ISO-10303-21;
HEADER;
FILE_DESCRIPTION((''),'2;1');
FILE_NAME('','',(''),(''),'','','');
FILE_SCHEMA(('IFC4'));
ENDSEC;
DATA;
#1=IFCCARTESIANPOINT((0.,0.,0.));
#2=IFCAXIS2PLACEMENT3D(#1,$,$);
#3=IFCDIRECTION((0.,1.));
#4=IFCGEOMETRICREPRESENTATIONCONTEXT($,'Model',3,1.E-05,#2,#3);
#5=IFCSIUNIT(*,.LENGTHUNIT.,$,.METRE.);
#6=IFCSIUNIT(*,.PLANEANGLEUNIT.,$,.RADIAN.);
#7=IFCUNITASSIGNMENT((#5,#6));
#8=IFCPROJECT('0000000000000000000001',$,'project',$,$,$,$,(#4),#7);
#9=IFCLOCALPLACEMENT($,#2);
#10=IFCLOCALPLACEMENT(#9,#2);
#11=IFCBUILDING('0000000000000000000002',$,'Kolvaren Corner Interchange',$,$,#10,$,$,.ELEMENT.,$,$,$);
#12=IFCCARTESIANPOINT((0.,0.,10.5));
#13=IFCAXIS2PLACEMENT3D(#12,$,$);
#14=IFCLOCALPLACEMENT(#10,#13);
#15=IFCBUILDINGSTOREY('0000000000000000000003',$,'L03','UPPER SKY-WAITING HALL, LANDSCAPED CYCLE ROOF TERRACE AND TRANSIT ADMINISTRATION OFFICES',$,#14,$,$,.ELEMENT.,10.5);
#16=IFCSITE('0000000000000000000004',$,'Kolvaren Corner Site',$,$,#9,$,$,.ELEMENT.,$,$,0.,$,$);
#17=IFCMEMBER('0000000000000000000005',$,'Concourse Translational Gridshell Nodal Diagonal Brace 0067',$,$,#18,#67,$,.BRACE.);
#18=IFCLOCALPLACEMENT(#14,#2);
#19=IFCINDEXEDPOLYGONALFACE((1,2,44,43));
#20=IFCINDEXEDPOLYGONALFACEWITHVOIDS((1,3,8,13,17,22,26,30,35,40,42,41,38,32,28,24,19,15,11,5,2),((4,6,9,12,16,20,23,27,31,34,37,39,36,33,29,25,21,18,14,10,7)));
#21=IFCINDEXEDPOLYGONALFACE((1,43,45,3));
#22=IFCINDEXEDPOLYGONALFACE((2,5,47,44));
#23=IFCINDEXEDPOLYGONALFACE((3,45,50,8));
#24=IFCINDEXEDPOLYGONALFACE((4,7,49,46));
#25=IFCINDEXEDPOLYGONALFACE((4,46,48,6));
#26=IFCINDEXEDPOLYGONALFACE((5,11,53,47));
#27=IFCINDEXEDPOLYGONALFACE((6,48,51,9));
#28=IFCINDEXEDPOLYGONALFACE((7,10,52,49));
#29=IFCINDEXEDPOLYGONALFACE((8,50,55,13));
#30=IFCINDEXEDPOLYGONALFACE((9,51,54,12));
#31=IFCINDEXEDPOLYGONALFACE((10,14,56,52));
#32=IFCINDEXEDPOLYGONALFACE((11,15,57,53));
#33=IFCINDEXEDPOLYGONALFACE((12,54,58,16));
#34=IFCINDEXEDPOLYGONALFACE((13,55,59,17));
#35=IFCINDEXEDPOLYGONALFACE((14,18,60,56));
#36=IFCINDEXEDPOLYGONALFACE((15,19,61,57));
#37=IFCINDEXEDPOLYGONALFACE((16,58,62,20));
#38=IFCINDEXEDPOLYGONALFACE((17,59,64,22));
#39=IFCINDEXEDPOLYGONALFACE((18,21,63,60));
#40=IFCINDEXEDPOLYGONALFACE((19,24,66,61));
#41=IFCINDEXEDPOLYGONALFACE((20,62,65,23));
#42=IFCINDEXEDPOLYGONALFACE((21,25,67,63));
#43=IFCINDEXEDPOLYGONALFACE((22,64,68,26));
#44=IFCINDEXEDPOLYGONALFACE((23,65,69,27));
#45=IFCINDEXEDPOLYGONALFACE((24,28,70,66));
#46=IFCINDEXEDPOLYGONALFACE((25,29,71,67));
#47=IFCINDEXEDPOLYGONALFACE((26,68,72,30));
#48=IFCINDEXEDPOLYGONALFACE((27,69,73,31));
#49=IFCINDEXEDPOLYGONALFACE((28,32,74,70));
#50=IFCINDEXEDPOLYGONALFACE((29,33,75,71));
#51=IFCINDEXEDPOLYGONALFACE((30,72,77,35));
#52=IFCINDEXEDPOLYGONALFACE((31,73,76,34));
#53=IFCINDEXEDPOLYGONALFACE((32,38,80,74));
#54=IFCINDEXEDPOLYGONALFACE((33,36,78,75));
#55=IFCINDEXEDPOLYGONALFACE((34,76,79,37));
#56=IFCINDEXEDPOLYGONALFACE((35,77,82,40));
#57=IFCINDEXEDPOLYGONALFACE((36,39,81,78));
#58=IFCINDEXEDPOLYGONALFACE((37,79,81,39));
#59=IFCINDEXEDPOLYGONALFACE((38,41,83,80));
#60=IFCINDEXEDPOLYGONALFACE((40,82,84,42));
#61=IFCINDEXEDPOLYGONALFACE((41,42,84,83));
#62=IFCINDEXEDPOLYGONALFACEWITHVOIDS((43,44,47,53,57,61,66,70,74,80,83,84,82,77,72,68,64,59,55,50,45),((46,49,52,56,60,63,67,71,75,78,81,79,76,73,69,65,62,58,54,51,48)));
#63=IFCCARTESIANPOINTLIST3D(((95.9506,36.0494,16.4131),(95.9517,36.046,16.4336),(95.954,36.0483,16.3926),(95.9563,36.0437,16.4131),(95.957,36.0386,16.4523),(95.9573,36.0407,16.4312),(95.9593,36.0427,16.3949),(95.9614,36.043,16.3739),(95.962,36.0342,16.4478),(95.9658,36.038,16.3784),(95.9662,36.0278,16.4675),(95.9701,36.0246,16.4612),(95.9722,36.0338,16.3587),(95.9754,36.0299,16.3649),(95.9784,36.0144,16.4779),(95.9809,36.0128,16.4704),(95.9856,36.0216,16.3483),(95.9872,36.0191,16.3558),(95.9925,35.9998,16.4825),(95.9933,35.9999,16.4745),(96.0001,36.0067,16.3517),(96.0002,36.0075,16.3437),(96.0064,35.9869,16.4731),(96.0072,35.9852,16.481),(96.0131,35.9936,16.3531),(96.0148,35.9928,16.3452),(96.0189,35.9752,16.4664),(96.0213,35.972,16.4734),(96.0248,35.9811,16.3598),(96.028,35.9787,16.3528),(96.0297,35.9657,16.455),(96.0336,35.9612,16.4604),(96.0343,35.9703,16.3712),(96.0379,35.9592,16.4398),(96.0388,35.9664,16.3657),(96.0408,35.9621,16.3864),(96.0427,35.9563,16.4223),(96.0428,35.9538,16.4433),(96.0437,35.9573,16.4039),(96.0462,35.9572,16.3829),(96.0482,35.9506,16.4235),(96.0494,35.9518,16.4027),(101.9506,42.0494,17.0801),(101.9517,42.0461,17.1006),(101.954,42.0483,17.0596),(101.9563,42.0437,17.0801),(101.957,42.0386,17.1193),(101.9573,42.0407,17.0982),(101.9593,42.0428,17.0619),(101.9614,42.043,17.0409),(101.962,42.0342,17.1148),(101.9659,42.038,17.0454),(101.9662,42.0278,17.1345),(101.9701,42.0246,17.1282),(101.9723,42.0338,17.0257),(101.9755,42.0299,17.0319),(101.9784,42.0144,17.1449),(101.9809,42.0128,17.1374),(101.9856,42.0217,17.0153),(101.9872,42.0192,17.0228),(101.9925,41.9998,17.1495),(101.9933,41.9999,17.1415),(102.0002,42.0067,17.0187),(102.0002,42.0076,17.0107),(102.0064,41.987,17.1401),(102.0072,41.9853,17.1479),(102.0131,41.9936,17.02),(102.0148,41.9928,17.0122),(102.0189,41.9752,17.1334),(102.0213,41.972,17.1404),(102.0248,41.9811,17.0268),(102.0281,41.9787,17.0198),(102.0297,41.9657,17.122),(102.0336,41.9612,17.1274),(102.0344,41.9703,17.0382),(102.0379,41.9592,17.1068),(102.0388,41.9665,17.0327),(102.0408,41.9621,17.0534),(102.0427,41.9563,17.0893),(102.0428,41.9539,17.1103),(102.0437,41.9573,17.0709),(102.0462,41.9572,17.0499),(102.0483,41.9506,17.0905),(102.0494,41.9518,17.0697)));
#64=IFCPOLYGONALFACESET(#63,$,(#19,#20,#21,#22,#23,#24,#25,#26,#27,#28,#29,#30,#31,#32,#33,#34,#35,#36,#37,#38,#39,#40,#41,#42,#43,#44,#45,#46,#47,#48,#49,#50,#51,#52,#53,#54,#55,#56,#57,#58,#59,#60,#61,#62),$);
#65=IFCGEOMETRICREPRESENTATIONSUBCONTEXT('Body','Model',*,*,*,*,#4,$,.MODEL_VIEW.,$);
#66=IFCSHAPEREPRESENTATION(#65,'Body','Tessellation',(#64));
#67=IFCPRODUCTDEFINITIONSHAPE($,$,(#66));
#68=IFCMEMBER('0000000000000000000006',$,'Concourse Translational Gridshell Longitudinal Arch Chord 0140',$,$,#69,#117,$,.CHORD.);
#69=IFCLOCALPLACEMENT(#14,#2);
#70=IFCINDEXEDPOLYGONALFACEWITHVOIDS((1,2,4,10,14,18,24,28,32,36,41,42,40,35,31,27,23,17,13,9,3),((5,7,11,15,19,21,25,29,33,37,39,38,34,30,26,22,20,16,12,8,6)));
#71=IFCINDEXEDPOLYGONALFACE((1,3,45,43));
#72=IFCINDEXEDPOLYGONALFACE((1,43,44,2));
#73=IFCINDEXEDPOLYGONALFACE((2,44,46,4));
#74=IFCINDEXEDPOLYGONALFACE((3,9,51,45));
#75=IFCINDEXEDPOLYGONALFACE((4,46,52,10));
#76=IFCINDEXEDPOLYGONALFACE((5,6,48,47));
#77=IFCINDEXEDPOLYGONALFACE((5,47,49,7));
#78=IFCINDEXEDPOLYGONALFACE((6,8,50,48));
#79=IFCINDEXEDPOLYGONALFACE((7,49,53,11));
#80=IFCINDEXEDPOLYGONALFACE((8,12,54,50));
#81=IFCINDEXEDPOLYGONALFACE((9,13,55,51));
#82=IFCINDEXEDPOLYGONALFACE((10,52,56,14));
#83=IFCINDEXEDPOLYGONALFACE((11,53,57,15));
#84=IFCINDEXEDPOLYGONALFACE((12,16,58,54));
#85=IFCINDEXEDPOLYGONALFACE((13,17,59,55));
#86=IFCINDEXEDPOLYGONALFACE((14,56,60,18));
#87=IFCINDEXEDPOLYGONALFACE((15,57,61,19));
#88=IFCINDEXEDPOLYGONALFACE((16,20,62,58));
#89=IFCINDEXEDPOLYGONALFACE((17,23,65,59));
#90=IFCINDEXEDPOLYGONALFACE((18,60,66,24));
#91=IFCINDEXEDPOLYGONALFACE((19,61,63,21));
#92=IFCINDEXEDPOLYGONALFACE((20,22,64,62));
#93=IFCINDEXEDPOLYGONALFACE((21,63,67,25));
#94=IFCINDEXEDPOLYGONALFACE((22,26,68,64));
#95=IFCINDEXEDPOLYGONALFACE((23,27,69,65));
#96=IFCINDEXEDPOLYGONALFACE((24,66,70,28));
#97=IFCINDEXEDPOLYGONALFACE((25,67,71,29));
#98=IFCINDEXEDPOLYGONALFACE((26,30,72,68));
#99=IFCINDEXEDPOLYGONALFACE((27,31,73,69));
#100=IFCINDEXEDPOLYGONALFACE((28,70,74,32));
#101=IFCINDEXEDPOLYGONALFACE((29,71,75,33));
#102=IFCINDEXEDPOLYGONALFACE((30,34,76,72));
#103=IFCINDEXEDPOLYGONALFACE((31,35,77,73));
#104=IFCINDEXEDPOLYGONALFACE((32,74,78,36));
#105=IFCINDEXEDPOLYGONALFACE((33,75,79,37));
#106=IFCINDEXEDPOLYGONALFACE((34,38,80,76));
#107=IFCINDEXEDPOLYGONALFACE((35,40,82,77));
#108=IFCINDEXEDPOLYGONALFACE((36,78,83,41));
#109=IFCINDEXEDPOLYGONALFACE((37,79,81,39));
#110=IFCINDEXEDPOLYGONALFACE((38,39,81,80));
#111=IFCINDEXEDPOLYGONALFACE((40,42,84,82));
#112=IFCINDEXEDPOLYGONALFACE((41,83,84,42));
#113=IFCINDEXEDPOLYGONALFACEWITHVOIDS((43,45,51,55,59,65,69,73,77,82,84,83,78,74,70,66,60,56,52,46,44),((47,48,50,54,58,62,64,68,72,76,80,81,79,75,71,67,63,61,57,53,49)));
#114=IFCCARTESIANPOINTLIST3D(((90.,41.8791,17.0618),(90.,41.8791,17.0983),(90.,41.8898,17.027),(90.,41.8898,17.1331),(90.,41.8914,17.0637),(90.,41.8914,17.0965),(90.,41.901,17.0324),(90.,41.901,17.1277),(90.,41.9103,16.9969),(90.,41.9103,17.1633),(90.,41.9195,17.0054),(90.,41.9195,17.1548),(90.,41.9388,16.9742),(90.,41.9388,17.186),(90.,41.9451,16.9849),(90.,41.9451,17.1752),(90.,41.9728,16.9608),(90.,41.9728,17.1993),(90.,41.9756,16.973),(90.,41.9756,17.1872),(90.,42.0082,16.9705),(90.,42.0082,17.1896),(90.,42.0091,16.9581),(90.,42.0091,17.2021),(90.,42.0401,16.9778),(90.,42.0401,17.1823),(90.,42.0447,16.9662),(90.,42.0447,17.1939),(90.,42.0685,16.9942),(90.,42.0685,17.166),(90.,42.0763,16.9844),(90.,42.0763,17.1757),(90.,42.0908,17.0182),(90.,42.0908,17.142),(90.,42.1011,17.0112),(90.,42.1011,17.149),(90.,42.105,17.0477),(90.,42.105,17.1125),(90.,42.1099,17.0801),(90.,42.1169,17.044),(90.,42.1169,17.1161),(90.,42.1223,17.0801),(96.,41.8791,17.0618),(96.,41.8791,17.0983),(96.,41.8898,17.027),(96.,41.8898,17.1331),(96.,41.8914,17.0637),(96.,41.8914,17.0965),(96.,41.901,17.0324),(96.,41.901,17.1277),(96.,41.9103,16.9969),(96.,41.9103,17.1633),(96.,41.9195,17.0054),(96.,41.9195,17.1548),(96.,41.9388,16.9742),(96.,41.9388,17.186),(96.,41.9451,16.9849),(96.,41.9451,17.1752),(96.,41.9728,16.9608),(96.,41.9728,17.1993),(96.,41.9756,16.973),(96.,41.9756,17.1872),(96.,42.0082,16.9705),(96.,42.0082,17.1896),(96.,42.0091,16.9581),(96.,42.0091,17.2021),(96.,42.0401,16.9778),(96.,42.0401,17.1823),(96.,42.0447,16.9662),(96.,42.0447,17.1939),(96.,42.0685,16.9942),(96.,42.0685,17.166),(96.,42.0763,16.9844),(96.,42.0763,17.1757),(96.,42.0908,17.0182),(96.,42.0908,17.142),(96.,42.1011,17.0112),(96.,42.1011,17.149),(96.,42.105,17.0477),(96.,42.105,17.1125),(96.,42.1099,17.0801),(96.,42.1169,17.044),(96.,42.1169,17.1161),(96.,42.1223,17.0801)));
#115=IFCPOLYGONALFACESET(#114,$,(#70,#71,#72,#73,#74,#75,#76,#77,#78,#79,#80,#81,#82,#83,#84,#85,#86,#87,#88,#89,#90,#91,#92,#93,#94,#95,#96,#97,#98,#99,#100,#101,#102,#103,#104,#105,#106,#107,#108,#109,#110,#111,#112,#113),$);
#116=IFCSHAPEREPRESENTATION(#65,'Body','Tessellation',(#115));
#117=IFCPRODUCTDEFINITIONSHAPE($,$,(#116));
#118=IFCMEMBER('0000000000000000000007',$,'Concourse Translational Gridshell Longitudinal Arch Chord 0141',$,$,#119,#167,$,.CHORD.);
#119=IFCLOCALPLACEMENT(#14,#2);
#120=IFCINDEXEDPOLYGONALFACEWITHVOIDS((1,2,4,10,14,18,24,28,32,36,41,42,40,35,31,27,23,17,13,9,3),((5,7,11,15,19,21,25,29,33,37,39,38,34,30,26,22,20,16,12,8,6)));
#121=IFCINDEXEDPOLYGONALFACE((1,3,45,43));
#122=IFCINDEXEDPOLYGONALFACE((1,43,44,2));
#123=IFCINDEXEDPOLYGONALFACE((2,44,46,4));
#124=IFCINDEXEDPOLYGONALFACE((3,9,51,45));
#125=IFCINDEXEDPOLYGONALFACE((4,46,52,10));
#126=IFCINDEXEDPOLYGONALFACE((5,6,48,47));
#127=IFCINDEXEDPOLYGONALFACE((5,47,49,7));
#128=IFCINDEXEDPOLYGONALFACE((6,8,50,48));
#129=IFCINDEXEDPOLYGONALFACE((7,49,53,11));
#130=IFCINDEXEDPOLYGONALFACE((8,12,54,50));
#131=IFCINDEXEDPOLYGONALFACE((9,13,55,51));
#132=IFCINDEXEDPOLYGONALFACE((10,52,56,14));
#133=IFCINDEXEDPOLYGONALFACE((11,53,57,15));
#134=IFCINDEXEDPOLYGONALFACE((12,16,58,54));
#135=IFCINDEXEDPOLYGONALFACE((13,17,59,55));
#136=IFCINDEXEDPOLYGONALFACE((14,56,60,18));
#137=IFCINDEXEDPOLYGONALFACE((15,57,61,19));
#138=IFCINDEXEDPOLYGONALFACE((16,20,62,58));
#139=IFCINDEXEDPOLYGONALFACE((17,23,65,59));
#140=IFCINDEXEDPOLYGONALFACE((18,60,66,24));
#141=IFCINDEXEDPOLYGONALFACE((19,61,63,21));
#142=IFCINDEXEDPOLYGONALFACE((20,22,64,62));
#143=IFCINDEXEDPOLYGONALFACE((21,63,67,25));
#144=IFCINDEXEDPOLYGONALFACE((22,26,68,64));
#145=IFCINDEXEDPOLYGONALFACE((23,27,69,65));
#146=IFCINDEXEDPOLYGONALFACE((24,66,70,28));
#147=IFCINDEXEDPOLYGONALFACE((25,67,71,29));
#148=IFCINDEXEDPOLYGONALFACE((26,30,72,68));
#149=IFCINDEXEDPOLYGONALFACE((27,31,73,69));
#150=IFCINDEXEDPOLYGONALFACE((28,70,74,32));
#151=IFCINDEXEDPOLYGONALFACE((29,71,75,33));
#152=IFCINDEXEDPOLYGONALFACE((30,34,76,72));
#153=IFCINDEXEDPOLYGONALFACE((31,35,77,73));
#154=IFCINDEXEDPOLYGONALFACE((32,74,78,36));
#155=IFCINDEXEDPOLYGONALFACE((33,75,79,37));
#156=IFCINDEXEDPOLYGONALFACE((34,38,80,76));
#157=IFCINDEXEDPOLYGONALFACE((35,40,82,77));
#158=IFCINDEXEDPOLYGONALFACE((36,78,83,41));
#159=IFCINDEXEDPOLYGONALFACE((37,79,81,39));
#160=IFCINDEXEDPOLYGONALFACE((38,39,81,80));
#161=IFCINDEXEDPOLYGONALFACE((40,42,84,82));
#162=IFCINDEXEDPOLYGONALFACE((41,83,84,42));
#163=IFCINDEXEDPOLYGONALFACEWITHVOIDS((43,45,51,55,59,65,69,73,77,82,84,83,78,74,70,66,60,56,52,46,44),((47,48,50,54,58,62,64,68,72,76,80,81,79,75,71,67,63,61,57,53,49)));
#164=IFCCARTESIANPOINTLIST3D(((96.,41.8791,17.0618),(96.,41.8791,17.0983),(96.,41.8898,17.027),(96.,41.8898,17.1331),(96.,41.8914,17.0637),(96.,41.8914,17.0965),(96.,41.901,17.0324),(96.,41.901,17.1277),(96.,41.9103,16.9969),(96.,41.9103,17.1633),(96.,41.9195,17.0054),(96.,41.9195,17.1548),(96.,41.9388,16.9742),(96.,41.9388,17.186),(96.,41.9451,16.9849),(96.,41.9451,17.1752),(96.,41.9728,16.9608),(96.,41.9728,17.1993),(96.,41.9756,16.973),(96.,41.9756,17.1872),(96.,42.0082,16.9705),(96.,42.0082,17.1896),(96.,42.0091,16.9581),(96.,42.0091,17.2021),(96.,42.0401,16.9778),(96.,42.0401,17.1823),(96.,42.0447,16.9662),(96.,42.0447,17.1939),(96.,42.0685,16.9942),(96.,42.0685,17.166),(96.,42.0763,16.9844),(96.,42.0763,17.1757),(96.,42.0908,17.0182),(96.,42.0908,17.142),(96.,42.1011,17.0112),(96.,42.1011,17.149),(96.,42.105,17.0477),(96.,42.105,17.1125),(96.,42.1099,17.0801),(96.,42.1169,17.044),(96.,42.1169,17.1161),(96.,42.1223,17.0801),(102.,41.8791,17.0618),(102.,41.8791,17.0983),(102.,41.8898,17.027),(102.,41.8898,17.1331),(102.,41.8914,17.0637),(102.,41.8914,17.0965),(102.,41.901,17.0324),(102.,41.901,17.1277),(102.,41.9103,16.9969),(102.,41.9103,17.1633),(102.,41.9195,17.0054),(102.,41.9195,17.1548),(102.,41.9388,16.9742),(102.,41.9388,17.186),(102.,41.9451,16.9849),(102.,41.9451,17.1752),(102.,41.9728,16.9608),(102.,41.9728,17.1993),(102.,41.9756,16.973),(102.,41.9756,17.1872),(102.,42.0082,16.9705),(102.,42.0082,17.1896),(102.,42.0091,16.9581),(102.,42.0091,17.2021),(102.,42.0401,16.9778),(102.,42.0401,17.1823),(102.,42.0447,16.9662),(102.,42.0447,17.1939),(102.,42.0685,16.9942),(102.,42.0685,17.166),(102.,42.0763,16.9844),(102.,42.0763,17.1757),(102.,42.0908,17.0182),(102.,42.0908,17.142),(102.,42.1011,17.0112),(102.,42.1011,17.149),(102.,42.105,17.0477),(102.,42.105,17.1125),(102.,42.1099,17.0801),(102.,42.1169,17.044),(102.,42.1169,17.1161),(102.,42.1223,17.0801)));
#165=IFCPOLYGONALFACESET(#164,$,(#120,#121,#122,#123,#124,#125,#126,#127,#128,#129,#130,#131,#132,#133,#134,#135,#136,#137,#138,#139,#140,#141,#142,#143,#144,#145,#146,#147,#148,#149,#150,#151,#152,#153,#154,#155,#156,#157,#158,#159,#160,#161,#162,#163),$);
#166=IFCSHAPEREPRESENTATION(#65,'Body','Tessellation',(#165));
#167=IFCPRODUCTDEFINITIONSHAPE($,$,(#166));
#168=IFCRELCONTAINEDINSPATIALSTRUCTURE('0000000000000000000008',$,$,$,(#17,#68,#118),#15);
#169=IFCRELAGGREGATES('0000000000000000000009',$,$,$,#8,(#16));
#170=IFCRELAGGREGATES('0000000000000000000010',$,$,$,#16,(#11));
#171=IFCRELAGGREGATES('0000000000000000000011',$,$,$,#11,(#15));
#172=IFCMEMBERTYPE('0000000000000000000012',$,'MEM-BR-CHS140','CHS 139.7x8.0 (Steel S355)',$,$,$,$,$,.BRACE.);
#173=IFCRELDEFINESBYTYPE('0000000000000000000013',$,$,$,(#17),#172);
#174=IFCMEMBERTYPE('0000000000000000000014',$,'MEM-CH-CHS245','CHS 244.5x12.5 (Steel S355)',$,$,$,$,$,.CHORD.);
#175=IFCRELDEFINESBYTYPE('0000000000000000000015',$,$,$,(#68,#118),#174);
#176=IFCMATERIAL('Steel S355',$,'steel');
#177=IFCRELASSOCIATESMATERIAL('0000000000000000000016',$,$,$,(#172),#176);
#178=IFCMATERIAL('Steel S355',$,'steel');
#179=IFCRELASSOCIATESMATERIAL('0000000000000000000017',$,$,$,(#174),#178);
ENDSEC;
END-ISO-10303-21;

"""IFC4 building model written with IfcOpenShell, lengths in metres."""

from ifc_helpers import new_model, si_unit, direction, frame, origin, origin_2d, place, context, subcontext, project, spatial, hollow_circle, extrude, material, material_profile, profile_set, type_object, element, save


model = new_model("IFC4")

# Units and contexts
model_context = context("Model", 3, precision=1e-05, world=origin(), true_north=direction((0.0, 1.0)))
body_context = subcontext(model_context, "Body", "Model", "MODEL_VIEW")
ifc_project = project(units=[si_unit("LENGTHUNIT", "METRE"), si_unit("PLANEANGLEUNIT", "RADIAN")], contexts=[model_context])

# Site, building, storey
site_placement = place(None, origin())
site = spatial("IfcSite", under=ifc_project, at=site_placement, Name="Kolvaren Corner Site", CompositionType="ELEMENT", RefElevation=0.0)
building_placement = place(site_placement, origin())
building = spatial("IfcBuilding", under=site, at=building_placement, Name="Kolvaren Corner Interchange", CompositionType="ELEMENT")
storey_placement = place(building_placement, frame((0.0, 0.0, 10.5)))
storey = spatial("IfcBuildingStorey", under=building, at=storey_placement, Name="L03", Description="UPPER SKY-WAITING HALL, LANDSCAPED CYCLE ROOF TERRACE AND TRANSIT ADMINISTRATION OFFICES", CompositionType="ELEMENT", Elevation=10.5)

# Members
ifc_material_1 = material(Name="Steel S355", Category="steel")
ifc_material_profile_1 = material_profile(ifc_material_1, hollow_circle(Radius=0.0698, WallThickness=0.0081, at=origin_2d()), Name="CHS 139.7x8.0")
ifc_profile_set_1 = profile_set([ifc_material_profile_1], Name="Steel S355")
member_type_1 = type_object("IfcMemberType", Name="MEM-BR-CHS140", Description="CHS 139.7x8.0 (Steel S355)", PredefinedType="BRACE", material=ifc_profile_set_1)
member_1_placement = place(storey_placement, frame((96.0, 36.0, 16.4131), z_axis=(0.704932, 0.704932, 0.078364), x_axis=(-0.707107, 0.707107, 0.0)))
element("IfcMember", 1, at=member_1_placement, inside=storey, type_object=member_type_1, Name="Concourse Translational Gridshell Nodal Diagonal Brace 0067", PredefinedType="BRACE", context=body_context, shape_type="SweptSolid", body=[
    extrude(hollow_circle(Radius=0.0698, WallThickness=0.0081, at=origin_2d()), origin(), (0.0, 0.0, 1.0), 8.5115),
])
ifc_material_2 = material(Name="Steel S355", Category="steel")
ifc_material_profile_2 = material_profile(ifc_material_2, hollow_circle(Radius=0.1223, WallThickness=0.0125, at=origin_2d()), Name="CHS 244.5x12.5")
ifc_profile_set_2 = profile_set([ifc_material_profile_2], Name="Steel S355")
member_type_2 = type_object("IfcMemberType", Name="MEM-CH-CHS245", Description="CHS 244.5x12.5 (Steel S355)", PredefinedType="CHORD", material=ifc_profile_set_2)
for number, where, z_axis, x_axis, name in (
    (2, (90.0, 42.0, 17.0801), (1.0, 0.0, 0.0), (0.0, 1.0, 0.0), "Concourse Translational Gridshell Longitudinal Arch Chord 0140"),
    (3, (96.0, 42.0, 17.0801), (1.0, 0.0, 0.0), (0.0, 1.0, 0.0), "Concourse Translational Gridshell Longitudinal Arch Chord 0141"),
):
    element("IfcMember", number, at=place(storey_placement, frame(where, z_axis=z_axis, x_axis=x_axis)), inside=storey, type_object=member_type_2, Name=name, PredefinedType="CHORD", context=body_context, shape_type="SweptSolid", body=[
        extrude(hollow_circle(Radius=0.1223, WallThickness=0.0125, at=origin_2d()), origin(), (0.0, 0.0, 1.0), 6.0),
    ])

save(model, "model.ifc")
